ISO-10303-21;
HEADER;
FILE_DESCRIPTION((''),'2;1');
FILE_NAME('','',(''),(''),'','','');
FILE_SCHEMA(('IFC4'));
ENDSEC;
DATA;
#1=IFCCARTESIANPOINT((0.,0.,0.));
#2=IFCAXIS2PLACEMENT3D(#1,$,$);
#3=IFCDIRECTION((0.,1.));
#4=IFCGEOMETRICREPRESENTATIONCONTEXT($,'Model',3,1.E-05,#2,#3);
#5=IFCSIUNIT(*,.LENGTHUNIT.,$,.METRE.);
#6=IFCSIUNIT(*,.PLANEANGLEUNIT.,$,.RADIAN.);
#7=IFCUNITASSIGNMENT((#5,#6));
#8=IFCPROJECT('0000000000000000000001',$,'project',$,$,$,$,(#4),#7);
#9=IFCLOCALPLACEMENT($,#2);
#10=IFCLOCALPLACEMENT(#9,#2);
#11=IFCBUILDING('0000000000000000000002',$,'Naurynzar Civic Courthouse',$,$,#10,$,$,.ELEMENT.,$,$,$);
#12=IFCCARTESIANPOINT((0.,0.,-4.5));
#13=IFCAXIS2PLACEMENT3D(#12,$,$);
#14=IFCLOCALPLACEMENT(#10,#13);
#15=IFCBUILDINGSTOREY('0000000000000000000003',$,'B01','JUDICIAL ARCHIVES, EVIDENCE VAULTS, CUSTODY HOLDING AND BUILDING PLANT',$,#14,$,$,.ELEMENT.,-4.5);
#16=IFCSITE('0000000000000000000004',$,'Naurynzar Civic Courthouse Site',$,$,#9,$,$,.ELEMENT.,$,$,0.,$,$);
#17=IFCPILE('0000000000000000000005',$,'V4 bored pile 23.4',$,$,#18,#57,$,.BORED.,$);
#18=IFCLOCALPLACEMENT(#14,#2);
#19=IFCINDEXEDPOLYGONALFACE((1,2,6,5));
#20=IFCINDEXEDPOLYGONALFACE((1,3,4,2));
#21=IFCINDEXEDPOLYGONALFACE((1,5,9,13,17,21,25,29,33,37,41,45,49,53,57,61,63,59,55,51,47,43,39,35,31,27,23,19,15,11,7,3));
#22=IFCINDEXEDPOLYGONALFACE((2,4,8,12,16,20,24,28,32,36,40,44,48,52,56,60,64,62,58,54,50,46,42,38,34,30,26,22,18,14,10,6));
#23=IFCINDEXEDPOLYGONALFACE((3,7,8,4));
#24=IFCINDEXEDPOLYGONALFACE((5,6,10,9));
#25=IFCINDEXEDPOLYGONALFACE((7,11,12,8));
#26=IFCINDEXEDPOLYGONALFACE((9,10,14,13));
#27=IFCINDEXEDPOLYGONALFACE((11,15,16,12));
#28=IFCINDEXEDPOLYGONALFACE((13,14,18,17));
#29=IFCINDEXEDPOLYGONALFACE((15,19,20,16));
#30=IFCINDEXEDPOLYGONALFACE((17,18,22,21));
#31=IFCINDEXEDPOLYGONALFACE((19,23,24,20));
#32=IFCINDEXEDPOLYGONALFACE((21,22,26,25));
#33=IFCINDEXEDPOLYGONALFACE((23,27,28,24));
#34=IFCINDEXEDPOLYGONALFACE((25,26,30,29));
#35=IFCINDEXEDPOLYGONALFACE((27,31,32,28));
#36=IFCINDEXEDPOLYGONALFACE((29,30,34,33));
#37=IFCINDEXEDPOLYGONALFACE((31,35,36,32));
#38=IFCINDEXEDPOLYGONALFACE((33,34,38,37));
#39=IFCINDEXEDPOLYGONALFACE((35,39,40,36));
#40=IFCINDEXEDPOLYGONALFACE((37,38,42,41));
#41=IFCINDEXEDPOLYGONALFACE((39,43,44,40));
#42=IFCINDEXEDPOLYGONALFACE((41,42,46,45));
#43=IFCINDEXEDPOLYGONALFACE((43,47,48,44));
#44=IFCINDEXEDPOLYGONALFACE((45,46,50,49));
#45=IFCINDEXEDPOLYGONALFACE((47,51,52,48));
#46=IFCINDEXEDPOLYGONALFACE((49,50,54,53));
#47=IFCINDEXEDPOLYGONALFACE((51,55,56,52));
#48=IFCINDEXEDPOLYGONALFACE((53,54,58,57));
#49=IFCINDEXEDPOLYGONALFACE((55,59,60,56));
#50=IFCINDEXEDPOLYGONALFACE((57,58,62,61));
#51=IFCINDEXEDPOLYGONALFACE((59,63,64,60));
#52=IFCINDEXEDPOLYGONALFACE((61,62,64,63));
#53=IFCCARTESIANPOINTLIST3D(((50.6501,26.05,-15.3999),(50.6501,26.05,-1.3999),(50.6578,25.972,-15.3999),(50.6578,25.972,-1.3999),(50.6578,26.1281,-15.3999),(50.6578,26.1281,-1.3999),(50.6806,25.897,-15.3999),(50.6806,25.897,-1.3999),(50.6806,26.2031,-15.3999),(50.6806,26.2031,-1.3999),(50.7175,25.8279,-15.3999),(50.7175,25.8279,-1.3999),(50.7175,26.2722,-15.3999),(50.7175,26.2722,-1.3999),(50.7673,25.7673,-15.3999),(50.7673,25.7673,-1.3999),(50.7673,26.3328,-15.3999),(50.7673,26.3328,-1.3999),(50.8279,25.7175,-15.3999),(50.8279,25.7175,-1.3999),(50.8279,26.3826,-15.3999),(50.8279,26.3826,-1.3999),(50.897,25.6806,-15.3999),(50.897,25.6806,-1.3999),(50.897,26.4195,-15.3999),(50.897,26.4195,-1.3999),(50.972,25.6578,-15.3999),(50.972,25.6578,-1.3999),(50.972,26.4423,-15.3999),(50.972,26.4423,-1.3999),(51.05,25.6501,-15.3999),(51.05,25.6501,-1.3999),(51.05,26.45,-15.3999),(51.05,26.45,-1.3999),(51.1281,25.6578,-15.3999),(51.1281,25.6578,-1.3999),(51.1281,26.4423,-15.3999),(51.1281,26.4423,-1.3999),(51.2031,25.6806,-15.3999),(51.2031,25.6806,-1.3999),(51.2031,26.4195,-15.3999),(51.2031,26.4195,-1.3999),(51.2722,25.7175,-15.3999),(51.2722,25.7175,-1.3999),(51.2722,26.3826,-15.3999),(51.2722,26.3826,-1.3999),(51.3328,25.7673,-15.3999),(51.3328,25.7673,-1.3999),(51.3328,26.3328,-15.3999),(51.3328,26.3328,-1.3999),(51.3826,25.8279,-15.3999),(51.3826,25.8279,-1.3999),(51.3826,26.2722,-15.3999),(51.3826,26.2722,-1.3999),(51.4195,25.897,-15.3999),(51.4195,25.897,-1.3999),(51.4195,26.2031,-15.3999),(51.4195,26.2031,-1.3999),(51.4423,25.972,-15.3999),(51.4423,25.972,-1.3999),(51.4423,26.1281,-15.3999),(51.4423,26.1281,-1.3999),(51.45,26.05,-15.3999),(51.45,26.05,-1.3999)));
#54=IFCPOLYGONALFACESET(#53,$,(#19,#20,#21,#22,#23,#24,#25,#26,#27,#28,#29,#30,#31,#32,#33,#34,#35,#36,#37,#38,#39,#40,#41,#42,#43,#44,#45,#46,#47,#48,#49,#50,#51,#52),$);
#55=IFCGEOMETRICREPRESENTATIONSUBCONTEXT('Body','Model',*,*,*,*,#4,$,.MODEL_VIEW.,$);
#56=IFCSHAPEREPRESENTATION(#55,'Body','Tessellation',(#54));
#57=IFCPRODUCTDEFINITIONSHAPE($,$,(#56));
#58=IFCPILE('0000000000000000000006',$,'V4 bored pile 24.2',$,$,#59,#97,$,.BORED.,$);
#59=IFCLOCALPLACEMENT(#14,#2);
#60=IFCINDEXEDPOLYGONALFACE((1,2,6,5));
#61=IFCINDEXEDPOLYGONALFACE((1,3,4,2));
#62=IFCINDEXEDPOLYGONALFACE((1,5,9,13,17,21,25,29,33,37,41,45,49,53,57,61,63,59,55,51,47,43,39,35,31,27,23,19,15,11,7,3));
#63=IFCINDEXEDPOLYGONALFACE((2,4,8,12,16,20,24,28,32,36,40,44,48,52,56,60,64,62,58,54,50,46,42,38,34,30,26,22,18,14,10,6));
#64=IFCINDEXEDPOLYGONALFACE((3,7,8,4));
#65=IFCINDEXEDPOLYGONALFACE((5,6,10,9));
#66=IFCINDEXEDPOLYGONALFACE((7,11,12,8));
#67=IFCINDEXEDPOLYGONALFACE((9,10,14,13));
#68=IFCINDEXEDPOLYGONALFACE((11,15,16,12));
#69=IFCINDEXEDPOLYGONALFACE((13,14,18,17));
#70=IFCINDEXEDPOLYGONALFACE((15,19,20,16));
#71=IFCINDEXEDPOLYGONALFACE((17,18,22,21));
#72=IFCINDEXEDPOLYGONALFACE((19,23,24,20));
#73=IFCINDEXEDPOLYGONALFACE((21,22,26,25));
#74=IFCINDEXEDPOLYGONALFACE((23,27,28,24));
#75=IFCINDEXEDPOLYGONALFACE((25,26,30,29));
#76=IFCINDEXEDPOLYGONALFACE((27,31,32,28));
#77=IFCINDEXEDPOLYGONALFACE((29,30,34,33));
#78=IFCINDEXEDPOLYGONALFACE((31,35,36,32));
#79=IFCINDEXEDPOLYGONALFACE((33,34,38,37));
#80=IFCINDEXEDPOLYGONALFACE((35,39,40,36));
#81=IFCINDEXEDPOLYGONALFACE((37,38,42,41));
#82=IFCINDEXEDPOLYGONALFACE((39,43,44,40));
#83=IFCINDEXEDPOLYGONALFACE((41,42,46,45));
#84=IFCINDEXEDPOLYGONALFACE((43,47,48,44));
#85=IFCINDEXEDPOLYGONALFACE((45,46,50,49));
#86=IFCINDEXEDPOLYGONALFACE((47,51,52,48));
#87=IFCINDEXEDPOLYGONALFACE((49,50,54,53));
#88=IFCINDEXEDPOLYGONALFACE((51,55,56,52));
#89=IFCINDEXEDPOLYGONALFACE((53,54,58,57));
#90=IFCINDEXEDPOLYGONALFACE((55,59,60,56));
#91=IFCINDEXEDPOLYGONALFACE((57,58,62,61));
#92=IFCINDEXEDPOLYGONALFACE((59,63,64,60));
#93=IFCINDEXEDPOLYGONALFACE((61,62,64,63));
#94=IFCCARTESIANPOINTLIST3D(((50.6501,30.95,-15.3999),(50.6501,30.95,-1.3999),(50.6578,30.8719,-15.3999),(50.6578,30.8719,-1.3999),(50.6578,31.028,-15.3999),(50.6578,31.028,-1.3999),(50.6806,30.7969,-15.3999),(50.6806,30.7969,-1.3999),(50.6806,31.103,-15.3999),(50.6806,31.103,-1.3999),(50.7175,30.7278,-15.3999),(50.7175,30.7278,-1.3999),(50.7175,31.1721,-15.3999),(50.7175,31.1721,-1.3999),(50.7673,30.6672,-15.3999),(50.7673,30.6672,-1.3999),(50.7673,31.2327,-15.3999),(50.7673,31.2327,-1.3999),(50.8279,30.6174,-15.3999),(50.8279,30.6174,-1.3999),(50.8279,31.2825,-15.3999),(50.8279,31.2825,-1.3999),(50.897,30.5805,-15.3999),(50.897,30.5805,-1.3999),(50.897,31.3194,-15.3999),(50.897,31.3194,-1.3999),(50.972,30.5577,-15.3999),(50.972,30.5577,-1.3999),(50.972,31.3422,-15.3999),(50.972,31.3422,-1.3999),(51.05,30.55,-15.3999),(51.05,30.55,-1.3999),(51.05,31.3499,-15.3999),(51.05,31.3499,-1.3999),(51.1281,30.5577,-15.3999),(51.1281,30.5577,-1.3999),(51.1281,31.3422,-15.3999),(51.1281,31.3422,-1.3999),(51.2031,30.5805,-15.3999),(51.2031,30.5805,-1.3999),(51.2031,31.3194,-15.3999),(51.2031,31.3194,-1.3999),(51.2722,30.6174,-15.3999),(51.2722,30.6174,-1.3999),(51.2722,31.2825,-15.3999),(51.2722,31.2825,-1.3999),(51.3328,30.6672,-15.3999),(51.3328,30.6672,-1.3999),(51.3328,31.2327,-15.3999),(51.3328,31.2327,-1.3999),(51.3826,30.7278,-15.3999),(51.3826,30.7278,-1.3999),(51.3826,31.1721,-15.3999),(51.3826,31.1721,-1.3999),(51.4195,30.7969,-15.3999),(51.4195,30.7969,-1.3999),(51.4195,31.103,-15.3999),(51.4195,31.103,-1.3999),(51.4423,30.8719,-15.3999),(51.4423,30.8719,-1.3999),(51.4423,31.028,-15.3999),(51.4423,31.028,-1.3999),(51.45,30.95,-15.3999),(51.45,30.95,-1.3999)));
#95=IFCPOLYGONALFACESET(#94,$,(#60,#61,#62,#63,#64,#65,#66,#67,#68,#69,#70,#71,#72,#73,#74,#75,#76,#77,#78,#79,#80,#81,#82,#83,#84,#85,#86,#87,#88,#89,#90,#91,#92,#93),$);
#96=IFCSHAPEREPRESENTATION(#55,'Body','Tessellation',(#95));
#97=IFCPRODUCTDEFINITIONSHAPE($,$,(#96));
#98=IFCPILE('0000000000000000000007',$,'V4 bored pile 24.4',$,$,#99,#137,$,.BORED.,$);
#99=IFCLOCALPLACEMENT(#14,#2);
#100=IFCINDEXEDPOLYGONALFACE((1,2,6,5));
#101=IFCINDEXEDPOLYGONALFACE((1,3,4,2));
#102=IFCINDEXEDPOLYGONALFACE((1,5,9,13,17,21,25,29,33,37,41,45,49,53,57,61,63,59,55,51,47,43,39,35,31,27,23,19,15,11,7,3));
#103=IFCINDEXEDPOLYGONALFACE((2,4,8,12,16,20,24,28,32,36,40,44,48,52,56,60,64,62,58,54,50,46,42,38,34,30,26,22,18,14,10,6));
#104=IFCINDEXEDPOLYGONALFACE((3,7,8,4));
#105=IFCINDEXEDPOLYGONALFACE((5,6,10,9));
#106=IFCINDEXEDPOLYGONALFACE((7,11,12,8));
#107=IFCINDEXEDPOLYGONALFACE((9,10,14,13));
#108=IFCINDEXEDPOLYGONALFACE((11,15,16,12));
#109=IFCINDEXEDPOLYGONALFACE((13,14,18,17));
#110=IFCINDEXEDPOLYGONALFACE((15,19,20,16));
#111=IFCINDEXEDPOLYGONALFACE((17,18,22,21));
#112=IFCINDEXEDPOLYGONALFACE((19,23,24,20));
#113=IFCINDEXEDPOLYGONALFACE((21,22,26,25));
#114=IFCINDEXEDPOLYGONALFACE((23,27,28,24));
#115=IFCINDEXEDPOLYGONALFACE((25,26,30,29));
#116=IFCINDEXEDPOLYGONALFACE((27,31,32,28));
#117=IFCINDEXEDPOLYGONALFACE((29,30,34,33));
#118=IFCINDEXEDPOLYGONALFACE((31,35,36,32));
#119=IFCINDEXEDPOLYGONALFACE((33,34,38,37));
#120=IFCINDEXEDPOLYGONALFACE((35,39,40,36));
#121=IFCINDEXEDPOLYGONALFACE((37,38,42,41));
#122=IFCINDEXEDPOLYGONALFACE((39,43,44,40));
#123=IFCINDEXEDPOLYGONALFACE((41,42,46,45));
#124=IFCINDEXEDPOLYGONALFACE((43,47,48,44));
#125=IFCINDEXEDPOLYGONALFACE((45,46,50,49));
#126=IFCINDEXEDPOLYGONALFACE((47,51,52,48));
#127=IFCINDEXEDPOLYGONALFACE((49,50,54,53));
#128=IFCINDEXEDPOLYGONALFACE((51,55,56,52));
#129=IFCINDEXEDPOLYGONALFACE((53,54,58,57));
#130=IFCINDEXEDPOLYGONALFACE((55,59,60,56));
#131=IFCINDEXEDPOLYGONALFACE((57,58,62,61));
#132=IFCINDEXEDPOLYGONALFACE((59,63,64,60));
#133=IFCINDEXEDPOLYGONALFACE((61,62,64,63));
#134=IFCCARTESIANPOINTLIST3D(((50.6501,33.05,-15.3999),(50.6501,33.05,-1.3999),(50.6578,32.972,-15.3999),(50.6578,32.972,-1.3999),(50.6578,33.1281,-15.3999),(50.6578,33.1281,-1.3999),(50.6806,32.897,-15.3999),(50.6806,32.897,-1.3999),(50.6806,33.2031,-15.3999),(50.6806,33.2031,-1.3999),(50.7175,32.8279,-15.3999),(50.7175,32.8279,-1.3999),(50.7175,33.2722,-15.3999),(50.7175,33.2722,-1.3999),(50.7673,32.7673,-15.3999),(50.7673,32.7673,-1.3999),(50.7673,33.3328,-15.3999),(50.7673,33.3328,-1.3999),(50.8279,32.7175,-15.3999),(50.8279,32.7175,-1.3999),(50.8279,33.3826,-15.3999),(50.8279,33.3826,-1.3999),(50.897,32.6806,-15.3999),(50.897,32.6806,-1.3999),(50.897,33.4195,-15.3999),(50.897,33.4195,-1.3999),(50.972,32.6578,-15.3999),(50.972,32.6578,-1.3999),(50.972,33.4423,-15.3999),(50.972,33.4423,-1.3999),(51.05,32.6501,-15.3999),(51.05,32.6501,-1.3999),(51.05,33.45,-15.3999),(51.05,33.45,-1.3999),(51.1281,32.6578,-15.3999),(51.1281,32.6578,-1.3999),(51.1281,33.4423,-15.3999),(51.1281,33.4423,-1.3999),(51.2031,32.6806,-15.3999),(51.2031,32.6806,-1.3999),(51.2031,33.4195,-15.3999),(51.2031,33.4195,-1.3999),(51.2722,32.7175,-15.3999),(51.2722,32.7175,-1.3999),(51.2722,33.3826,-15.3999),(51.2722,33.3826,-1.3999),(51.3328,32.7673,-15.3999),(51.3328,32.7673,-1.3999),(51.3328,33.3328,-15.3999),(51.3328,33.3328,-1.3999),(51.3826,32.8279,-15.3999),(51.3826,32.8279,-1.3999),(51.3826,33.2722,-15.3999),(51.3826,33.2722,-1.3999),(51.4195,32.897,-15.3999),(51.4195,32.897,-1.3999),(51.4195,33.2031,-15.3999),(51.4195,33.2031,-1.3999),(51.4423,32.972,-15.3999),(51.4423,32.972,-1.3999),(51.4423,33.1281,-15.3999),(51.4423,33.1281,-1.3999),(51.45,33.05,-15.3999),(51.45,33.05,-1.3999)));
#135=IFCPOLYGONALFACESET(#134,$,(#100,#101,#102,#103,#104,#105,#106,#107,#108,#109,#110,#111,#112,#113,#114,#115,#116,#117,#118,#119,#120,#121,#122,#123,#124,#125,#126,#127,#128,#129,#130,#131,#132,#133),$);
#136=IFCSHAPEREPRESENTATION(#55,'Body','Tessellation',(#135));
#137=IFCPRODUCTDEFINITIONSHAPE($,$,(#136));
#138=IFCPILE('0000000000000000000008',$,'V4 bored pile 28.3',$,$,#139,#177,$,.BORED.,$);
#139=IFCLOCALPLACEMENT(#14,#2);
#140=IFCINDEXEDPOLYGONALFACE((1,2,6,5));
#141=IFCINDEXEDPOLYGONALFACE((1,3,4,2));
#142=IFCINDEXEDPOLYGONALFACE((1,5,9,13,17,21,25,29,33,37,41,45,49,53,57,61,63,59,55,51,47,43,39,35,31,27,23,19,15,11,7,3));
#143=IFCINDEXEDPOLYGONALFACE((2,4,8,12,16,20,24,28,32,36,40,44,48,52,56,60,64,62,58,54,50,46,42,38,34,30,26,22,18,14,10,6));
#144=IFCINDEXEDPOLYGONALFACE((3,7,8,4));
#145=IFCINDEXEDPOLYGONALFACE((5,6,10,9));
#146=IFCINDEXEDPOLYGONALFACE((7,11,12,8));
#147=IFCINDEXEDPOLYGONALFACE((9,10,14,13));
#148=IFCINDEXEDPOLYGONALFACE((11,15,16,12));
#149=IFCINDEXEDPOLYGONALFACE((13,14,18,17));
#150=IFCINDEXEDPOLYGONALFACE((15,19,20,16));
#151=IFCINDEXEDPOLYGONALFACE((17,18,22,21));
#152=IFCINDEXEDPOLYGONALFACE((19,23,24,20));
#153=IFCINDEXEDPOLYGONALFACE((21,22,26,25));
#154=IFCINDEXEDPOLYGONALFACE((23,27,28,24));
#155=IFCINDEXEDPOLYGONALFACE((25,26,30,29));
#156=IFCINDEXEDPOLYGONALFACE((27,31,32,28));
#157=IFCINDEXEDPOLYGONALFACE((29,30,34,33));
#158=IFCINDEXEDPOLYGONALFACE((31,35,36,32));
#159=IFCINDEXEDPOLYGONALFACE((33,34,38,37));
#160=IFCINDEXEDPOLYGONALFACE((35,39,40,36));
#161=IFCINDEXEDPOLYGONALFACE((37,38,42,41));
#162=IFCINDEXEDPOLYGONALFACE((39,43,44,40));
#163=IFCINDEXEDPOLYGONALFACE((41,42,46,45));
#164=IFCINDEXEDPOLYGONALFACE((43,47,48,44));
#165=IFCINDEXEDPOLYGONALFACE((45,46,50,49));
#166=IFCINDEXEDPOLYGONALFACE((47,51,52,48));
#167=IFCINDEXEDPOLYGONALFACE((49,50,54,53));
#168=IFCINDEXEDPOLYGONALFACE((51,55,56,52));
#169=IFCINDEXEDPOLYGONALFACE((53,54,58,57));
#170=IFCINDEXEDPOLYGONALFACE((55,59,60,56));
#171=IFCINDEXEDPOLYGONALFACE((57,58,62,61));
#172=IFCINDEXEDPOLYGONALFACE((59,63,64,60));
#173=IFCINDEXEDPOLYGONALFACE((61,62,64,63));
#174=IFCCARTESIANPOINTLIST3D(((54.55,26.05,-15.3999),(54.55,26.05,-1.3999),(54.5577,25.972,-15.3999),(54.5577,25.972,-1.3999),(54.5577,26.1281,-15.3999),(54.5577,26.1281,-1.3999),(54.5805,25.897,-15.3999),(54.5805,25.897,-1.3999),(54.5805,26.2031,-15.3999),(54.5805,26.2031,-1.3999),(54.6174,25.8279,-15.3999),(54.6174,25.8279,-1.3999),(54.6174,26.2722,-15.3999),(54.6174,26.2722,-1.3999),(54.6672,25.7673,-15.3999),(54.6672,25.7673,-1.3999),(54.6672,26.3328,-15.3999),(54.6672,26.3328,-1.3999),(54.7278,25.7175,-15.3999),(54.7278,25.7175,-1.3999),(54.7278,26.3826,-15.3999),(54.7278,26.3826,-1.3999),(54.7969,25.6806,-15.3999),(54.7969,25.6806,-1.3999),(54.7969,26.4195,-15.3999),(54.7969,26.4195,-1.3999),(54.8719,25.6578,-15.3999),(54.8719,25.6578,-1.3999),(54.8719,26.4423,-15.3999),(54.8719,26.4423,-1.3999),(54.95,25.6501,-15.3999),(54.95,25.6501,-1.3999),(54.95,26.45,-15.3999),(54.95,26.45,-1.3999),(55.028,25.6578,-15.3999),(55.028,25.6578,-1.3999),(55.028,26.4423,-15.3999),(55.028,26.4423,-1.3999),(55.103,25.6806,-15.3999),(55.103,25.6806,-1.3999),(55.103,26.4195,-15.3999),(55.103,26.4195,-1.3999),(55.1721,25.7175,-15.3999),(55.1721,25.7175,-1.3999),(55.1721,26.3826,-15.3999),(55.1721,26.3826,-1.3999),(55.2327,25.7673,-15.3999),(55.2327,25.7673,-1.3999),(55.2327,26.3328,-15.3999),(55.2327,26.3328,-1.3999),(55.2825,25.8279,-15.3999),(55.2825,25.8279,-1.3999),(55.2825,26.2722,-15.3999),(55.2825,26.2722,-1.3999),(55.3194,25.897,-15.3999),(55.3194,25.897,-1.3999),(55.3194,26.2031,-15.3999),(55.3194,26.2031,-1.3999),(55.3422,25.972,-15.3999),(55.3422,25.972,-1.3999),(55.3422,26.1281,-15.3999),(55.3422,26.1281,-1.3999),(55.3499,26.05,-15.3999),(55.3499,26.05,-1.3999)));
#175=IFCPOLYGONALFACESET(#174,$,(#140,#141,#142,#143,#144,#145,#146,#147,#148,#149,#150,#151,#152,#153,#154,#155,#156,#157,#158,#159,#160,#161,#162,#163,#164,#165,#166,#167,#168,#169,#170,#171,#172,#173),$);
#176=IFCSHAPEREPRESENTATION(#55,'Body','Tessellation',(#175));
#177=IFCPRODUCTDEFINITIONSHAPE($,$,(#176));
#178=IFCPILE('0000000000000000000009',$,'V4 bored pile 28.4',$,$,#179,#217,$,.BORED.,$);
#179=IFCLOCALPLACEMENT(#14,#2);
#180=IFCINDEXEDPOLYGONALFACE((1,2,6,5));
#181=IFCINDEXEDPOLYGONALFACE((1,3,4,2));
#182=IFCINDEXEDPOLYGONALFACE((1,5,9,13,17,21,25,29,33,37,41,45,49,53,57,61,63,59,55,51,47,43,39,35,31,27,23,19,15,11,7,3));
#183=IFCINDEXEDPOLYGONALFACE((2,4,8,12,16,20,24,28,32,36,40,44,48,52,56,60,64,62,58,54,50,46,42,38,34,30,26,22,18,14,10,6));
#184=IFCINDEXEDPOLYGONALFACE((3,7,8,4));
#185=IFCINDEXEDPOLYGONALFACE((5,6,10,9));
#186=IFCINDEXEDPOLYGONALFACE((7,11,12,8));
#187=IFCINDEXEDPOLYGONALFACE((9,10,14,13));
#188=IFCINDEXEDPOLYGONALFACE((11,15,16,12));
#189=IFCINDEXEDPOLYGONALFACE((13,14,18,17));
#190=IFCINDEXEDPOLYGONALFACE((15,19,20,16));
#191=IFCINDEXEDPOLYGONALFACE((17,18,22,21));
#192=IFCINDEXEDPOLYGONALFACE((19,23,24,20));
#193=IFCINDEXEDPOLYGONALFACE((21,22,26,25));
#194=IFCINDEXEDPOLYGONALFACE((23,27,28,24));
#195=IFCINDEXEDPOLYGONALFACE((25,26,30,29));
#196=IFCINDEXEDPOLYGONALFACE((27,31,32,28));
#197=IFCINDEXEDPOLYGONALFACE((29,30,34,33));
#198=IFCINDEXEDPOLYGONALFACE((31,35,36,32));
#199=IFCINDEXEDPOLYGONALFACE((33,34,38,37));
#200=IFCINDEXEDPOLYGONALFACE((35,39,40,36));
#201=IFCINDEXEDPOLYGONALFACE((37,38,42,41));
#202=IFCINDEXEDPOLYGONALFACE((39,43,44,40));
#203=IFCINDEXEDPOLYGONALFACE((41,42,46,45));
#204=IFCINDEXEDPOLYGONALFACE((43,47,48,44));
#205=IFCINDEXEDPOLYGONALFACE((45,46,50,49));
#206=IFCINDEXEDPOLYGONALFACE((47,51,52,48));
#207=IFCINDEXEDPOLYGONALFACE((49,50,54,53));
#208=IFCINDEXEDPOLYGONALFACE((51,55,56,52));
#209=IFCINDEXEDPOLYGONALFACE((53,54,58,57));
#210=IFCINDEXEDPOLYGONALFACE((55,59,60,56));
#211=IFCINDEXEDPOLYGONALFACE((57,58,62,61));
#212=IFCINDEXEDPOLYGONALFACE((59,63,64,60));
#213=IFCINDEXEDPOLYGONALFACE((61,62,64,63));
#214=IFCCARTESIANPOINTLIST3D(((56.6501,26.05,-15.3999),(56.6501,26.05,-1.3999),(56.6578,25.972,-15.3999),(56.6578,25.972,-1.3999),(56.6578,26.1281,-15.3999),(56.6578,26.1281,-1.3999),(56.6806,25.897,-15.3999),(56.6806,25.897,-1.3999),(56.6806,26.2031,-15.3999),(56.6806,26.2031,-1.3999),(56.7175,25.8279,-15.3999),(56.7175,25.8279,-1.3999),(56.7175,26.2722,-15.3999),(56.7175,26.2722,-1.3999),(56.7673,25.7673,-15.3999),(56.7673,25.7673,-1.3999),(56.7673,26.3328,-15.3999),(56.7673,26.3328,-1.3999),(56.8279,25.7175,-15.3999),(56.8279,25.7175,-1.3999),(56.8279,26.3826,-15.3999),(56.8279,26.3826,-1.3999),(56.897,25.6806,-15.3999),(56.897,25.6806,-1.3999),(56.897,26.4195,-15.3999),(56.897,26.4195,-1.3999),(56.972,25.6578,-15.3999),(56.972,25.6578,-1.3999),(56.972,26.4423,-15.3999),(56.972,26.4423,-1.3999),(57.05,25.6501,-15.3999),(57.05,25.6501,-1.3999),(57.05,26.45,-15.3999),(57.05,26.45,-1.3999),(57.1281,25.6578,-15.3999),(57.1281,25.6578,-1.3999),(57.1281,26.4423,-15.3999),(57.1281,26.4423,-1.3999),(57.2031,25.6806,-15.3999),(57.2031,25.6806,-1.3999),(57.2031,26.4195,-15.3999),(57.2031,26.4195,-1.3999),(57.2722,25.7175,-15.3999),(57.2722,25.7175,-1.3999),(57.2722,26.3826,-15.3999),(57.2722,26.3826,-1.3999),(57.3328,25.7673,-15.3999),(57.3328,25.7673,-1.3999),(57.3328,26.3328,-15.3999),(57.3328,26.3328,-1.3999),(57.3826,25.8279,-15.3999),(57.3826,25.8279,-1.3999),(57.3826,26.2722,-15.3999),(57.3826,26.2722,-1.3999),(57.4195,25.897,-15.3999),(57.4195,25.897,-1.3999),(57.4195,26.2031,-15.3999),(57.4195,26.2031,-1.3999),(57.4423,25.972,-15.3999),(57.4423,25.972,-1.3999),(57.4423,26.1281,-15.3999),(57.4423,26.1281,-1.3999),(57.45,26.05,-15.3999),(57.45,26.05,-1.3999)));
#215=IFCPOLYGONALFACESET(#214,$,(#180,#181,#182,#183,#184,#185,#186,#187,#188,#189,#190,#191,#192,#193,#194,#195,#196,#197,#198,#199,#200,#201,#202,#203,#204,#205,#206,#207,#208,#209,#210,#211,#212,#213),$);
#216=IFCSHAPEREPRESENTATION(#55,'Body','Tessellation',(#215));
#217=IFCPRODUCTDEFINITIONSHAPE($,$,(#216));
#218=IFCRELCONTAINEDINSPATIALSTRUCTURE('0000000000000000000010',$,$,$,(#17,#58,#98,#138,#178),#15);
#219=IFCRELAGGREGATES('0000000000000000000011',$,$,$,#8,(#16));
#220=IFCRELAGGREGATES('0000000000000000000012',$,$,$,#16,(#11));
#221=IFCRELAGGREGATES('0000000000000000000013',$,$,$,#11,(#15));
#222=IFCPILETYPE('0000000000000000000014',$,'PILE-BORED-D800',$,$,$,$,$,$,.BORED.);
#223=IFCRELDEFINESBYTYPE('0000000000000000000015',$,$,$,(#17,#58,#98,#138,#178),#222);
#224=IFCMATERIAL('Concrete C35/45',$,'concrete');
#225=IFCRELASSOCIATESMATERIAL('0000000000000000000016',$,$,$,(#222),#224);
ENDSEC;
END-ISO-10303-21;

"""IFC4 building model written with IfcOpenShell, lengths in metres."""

from ifc_helpers import new_model, si_unit, direction, frame, origin, origin_2d, place, context, subcontext, project, spatial, circle, extrude, material, material_profile, profile_set, type_object, element, save


model = new_model("IFC4")

# Units and contexts
model_context = context("Model", 3, precision=1e-05, world=origin(), true_north=direction((0.0, 1.0)))
body_context = subcontext(model_context, "Body", "Model", "MODEL_VIEW")
ifc_project = project(units=[si_unit("LENGTHUNIT", "METRE"), si_unit("PLANEANGLEUNIT", "RADIAN")], contexts=[model_context])

# Site, building, storey
site_placement = place(None, origin())
site = spatial("IfcSite", under=ifc_project, at=site_placement, Name="Naurynzar Civic Courthouse Site", CompositionType="ELEMENT", RefElevation=0.0)
building_placement = place(site_placement, origin())
building = spatial("IfcBuilding", under=site, at=building_placement, Name="Naurynzar Civic Courthouse", CompositionType="ELEMENT")
storey_placement = place(building_placement, frame((0.0, 0.0, -4.5)))
storey = spatial("IfcBuildingStorey", under=building, at=storey_placement, Name="B01", Description="JUDICIAL ARCHIVES, EVIDENCE VAULTS, CUSTODY HOLDING AND BUILDING PLANT", CompositionType="ELEMENT", Elevation=-4.5)

# Piles
ifc_material_1 = material(Name="Concrete C35/45", Category="concrete")
ifc_material_profile_1 = material_profile(ifc_material_1, circle(Radius=0.3999, at=origin_2d()), Name="PILE D800")
ifc_profile_set_1 = profile_set([ifc_material_profile_1], Name="Concrete C35/45")
pile_type = type_object("IfcPileType", Name="PILE-BORED-D800", PredefinedType="BORED", material=ifc_profile_set_1)
for number, where, z_axis, x_axis, name in (
    (1, (51.05, 26.05, -1.3999), (0.0, 0.0, -1.0), (1.0, 0.0, 0.0), "V4 bored pile 23.4"),
    (2, (51.05, 30.95, -1.3999), (0.0, 0.0, -1.0), (1.0, 0.0, 0.0), "V4 bored pile 24.2"),
    (3, (51.05, 33.05, -1.3999), (0.0, 0.0, -1.0), (1.0, 0.0, 0.0), "V4 bored pile 24.4"),
    (4, (54.95, 26.05, -1.3999), (0.0, 0.0, -1.0), (1.0, 0.0, 0.0), "V4 bored pile 28.3"),
    (5, (57.05, 26.05, -1.3999), (0.0, 0.0, -1.0), (1.0, 0.0, 0.0), "V4 bored pile 28.4"),
):
    element("IfcPile", number, at=place(storey_placement, frame(where, z_axis=z_axis, x_axis=x_axis)), inside=storey, type_object=pile_type, Name=name, PredefinedType="BORED", context=body_context, shape_type="SweptSolid", body=[
        extrude(circle(Radius=0.3999, at=origin_2d()), origin(), (0.0, 0.0, 1.0), 14.0),
    ])

save(model, "model.ifc")
